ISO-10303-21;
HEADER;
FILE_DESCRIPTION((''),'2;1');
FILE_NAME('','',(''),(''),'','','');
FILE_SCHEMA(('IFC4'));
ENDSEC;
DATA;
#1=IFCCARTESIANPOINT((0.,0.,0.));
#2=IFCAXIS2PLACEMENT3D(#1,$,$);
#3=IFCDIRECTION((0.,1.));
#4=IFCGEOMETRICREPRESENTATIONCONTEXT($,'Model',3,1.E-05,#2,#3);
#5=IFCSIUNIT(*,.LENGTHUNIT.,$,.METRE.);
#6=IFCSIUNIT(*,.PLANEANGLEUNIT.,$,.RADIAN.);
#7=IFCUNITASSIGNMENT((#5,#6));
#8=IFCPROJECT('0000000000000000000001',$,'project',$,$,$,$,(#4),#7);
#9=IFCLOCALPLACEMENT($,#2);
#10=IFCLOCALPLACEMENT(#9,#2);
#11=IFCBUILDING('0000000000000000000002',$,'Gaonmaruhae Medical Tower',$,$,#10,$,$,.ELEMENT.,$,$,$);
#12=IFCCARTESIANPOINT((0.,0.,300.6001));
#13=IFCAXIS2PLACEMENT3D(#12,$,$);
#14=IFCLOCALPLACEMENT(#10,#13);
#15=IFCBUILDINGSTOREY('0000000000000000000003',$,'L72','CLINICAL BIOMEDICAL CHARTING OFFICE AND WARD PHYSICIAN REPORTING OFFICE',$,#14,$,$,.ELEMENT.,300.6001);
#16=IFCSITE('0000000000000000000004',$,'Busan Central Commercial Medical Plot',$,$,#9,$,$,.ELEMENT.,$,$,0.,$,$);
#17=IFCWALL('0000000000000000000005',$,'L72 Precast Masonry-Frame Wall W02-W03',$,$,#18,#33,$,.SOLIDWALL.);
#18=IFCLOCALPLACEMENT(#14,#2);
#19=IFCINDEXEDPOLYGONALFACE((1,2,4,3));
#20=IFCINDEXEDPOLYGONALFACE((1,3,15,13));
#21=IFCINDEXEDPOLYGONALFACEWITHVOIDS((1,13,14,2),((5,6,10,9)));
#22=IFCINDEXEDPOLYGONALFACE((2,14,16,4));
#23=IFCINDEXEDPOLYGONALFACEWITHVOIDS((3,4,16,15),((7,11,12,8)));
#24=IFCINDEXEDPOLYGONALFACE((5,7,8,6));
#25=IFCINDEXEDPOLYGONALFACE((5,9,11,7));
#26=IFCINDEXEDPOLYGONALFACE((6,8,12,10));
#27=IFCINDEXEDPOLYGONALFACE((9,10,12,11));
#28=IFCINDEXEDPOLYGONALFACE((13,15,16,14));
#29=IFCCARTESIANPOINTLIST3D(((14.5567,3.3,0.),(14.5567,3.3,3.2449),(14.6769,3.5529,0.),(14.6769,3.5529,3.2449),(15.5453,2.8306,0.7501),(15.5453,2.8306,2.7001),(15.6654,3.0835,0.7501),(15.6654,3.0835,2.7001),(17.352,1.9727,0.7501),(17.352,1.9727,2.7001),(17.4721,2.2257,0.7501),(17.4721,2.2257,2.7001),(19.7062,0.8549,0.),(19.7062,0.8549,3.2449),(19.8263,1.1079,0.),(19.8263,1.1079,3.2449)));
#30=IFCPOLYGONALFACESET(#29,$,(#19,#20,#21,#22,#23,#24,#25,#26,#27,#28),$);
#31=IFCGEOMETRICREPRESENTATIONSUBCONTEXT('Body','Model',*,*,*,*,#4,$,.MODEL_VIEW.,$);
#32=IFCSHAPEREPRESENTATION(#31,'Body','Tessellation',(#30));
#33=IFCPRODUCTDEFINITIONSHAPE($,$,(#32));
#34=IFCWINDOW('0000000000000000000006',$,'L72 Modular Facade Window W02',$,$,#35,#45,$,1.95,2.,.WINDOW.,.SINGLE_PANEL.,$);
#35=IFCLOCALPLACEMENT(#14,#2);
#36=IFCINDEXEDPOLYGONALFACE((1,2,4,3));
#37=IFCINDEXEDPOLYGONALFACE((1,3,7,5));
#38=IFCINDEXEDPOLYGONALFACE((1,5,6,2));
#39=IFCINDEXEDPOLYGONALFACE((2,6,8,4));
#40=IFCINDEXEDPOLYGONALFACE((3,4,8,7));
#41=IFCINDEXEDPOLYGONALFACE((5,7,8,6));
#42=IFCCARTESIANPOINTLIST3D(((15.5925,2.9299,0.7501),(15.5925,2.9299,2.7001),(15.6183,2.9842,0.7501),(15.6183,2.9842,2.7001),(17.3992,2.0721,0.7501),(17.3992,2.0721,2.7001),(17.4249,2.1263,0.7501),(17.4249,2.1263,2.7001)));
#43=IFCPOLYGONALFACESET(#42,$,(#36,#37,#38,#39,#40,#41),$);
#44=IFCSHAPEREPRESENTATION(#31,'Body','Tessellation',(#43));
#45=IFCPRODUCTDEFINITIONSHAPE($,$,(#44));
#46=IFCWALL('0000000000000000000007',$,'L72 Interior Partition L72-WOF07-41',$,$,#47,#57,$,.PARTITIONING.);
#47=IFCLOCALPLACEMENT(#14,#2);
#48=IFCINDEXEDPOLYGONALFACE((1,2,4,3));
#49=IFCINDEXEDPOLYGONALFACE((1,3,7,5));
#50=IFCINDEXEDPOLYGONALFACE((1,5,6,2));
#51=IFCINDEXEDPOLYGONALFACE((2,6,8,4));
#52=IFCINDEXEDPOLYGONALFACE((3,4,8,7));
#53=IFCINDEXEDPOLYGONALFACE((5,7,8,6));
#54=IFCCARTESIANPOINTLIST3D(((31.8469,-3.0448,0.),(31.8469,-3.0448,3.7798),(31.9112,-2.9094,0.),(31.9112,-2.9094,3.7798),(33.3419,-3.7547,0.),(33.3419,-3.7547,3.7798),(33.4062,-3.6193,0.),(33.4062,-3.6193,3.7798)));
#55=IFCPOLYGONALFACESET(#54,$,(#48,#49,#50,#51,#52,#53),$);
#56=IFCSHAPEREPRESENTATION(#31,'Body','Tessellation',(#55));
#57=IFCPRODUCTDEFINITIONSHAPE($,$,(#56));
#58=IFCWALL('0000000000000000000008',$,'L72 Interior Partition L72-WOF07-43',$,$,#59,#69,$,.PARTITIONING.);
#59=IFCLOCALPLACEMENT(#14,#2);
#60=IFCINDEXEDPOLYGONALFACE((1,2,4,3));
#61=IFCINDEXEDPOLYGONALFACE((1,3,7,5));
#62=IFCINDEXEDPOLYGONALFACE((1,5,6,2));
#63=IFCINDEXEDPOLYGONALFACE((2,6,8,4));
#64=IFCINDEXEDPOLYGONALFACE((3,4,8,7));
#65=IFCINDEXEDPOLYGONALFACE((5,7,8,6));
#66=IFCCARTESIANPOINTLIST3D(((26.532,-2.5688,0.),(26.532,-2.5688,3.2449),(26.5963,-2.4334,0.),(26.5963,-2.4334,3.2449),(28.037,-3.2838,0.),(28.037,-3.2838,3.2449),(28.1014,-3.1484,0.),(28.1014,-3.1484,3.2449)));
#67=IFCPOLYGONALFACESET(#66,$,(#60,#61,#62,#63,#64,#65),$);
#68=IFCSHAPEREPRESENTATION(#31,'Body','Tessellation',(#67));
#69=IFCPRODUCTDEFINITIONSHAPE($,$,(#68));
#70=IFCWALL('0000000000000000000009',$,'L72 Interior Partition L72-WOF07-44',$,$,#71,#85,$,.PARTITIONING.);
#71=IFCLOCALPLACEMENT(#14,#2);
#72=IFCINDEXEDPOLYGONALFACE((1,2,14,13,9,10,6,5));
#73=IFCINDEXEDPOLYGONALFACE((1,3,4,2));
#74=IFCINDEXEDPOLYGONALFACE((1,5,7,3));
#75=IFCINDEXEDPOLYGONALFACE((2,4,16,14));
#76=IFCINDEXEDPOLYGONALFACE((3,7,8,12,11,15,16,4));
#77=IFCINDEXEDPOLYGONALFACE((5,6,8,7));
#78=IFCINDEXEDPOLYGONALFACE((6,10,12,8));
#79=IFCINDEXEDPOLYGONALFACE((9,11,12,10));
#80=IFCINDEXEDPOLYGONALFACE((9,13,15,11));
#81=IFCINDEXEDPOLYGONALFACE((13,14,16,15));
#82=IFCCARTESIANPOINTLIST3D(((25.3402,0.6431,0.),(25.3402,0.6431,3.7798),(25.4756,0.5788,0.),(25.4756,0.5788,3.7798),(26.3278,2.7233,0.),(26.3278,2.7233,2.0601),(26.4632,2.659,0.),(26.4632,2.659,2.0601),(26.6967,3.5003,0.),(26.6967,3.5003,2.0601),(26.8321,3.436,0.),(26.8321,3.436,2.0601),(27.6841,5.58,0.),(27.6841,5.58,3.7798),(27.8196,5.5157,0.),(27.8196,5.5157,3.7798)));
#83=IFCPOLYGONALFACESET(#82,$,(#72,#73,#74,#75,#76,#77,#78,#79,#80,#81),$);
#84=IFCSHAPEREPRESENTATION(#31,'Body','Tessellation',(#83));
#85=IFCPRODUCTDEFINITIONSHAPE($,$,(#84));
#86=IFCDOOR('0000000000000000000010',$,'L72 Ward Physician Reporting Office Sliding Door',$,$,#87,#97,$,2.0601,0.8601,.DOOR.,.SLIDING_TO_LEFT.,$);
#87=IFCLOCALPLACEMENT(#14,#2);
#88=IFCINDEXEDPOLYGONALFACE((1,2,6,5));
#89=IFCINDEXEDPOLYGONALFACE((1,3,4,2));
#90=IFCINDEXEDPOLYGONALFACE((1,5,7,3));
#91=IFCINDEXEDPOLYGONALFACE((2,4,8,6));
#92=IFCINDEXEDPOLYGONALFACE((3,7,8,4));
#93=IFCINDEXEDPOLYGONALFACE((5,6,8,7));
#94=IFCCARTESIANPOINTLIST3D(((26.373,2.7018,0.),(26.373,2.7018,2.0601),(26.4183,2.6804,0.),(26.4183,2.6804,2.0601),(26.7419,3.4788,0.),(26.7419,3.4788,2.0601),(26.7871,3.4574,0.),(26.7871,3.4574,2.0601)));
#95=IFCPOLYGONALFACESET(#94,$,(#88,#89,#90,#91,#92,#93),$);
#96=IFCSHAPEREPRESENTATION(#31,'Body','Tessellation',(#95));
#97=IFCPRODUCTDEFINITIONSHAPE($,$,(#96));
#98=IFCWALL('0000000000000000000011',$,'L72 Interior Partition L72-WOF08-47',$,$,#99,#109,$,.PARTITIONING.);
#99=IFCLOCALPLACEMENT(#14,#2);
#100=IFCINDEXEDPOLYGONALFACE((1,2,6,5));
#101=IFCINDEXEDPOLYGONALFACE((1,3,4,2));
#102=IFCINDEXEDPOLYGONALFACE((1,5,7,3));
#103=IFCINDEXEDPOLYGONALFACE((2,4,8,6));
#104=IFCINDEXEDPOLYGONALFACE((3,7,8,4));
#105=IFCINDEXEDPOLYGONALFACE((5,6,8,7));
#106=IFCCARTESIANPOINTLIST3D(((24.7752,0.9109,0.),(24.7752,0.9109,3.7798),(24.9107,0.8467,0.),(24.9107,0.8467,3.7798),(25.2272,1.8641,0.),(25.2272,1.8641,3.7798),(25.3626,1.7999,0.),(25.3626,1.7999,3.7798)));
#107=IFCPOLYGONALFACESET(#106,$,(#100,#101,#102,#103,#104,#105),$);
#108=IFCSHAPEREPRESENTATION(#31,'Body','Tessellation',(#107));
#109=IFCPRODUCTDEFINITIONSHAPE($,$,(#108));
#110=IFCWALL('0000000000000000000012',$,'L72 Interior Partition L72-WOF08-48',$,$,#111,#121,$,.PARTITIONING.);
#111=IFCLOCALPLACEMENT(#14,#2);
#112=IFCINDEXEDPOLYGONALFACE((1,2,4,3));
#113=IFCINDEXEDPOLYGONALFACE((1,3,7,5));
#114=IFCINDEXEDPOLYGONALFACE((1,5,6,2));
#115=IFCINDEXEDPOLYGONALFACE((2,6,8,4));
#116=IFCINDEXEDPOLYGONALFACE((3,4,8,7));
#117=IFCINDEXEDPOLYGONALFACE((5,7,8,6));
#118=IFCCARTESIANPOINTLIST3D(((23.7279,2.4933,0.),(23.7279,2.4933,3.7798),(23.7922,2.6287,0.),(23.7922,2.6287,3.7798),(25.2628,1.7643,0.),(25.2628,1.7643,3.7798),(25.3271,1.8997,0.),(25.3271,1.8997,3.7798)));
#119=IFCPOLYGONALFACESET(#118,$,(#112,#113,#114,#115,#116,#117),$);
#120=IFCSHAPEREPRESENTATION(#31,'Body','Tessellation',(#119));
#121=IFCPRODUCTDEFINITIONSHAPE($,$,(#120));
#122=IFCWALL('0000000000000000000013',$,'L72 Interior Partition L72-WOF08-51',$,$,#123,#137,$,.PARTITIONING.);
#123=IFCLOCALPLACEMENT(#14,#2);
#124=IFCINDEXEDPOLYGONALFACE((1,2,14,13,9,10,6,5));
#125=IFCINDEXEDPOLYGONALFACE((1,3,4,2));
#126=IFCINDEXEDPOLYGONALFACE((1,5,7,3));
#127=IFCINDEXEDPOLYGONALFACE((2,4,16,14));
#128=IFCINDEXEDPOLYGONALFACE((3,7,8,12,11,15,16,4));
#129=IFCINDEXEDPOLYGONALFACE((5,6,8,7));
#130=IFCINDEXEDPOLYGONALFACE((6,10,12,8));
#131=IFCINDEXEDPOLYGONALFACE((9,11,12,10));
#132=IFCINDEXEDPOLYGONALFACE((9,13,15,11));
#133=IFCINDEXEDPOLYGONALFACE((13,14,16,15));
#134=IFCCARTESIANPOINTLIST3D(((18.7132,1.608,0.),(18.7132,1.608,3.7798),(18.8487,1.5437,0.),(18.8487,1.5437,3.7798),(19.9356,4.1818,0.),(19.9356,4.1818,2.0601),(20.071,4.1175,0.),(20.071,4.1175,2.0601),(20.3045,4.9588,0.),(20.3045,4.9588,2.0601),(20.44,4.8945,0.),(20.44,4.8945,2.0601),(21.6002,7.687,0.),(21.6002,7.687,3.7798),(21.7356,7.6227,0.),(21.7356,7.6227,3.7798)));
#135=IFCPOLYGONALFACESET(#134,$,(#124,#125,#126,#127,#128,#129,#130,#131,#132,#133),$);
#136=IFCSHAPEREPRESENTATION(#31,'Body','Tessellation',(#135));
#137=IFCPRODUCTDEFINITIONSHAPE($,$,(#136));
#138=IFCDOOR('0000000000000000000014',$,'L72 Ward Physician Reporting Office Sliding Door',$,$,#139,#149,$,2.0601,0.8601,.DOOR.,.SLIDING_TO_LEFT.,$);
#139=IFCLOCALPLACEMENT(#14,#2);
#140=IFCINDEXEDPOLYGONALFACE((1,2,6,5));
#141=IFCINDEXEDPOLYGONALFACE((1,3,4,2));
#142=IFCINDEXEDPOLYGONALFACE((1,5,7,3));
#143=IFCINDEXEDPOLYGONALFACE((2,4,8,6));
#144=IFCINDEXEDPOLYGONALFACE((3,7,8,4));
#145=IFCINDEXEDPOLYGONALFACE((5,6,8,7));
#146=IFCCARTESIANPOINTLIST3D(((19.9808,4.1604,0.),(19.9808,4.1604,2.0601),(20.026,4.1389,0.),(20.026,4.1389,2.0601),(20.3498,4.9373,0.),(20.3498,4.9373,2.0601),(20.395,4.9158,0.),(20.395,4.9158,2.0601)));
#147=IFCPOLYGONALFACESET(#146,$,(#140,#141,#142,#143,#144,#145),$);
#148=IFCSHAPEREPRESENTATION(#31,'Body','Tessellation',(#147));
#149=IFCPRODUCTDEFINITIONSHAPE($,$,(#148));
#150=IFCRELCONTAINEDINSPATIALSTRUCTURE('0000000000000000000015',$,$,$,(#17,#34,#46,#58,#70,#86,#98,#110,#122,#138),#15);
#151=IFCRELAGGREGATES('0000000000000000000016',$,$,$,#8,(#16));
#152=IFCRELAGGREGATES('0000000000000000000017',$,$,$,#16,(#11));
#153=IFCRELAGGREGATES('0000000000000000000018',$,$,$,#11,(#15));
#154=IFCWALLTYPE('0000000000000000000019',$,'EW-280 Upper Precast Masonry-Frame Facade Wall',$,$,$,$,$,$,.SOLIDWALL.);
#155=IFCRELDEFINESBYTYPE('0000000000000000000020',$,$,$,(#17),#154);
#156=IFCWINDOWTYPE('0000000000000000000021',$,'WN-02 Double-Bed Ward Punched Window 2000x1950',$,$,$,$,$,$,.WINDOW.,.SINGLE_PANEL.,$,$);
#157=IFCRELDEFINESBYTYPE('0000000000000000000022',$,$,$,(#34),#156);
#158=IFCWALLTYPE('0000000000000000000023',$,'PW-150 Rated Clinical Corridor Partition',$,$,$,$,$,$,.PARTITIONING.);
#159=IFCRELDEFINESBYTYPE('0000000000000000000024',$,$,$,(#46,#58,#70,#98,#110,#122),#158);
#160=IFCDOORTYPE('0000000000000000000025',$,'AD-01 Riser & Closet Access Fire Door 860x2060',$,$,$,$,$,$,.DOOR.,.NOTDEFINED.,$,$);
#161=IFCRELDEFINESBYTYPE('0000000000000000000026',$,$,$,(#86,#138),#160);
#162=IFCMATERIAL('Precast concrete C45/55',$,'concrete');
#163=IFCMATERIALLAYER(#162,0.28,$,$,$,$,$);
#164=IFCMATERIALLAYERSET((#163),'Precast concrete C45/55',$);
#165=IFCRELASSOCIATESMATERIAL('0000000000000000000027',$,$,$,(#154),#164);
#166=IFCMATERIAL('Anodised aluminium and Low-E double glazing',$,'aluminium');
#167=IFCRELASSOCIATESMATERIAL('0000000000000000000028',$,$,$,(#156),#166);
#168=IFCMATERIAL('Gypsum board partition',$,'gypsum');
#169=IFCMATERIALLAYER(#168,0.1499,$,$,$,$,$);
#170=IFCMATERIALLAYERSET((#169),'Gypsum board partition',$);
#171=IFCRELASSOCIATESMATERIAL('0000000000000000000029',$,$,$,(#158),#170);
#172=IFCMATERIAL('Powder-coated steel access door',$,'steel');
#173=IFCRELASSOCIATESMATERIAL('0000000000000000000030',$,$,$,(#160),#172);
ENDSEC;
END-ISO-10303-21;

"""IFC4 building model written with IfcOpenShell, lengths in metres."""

from ifc_helpers import new_model, si_unit, direction, frame, frame_2d, origin, place, context, subcontext, project, spatial, rectangle, extrude, material, layer, layer_set, type_object, element, fill, save


model = new_model("IFC4")

# Units and contexts
model_context = context("Model", 3, precision=1e-05, world=origin(), true_north=direction((0.0, 1.0)))
body_context = subcontext(model_context, "Body", "Model", "MODEL_VIEW")
ifc_project = project(units=[si_unit("LENGTHUNIT", "METRE"), si_unit("PLANEANGLEUNIT", "RADIAN")], contexts=[model_context])

# Site, building, storey
site_placement = place(None, origin())
site = spatial("IfcSite", under=ifc_project, at=site_placement, Name="Busan Central Commercial Medical Plot", CompositionType="ELEMENT", RefElevation=0.0)
building_placement = place(site_placement, origin())
building = spatial("IfcBuilding", under=site, at=building_placement, Name="Gaonmaruhae Medical Tower", CompositionType="ELEMENT")
storey_placement = place(building_placement, frame((0.0, 0.0, 300.6001)))
storey = spatial("IfcBuildingStorey", under=building, at=storey_placement, Name="L72", Description="CLINICAL BIOMEDICAL CHARTING OFFICE AND WARD PHYSICIAN REPORTING OFFICE", CompositionType="ELEMENT", Elevation=300.6001)

# Shared definitions
ifc_material_1 = material(Name="Precast concrete C45/55", Category="concrete")

# Wall, opening, window
ifc_layer_1 = layer(ifc_material_1, 0.28)
ifc_layer_set_1 = layer_set([ifc_layer_1], Name="Precast concrete C45/55")
wall_type_1 = type_object("IfcWallType", Name="EW-280 Upper Precast Masonry-Frame Facade Wall", PredefinedType="SOLIDWALL", material=ifc_layer_set_1)
wall_1_placement = place(storey_placement, frame((19.7661, 0.9814, 0.0), z_axis=(0.0, 0.0, 1.0), x_axis=(-0.903339, 0.428928, 0.0)))
wall_1 = element("IfcWall", 1, at=wall_1_placement, inside=storey, type_object=wall_type_1, Name="L72 Precast Masonry-Frame Wall W02-W03", PredefinedType="SOLIDWALL", context=body_context, shape_type="SweptSolid", body=[
    extrude(rectangle(XDim=5.7004, YDim=0.28, at=frame_2d((2.8501, 0.0))), origin(), (0.0, 0.0, 1.0), 3.2449),
])
opening_1_placement = place(wall_1_placement, frame((2.606, 0.0, 0.75)))
opening_1 = element("IfcOpeningElement", 2, at=opening_1_placement, cuts=wall_1, PredefinedType="OPENING", context=body_context, shape_type="SweptSolid", body=[
    extrude(rectangle(XDim=2.0, YDim=1.95, at=frame_2d((1.0, 0.9751))), frame((0.0, 0.1499, 0.0), z_axis=(0.0, -1.0, 0.0), x_axis=(1.0, 0.0, 0.0)), (0.0, 0.0, 1.0), 0.3),
])
ifc_material_2 = material(Name="Anodised aluminium and Low-E double glazing", Category="aluminium")
window_type = type_object("IfcWindowType", Name="WN-02 Double-Bed Ward Punched Window 2000x1950", PartitioningType="SINGLE_PANEL", PredefinedType="WINDOW", material=ifc_material_2)
window_placement = place(opening_1_placement, origin())
window = element("IfcWindow", 3, at=window_placement, inside=storey, type_object=window_type, Name="L72 Modular Facade Window W02", OverallHeight=1.95, OverallWidth=2.0, PartitioningType="SINGLE_PANEL", PredefinedType="WINDOW", context=body_context, shape_type="SweptSolid", body=[
    extrude(rectangle(XDim=2.0, YDim=1.95, at=frame_2d((1.0, 0.9751))), frame((0.0, 0.03, 0.0), z_axis=(0.0, -1.0, 0.0), x_axis=(1.0, 0.0, 0.0)), (0.0, 0.0, 1.0), 0.0601),
])
fill(opening_1, window)

# Walls
ifc_material_3 = material(Name="Gypsum board partition", Category="gypsum")
ifc_layer_2 = layer(ifc_material_3, 0.1499)
ifc_layer_set_2 = layer_set([ifc_layer_2], Name="Gypsum board partition")
wall_type_2 = type_object("IfcWallType", Name="PW-150 Rated Clinical Corridor Partition", PredefinedType="PARTITIONING", material=ifc_layer_set_2)
wall_2_placement = place(storey_placement, frame((31.8789, -2.9771, 0.0), z_axis=(0.0, 0.0, 1.0), x_axis=(0.903329, -0.428948, 0.0)))
element("IfcWall", 4, at=wall_2_placement, inside=storey, type_object=wall_type_2, Name="L72 Interior Partition L72-WOF07-41", PredefinedType="PARTITIONING", context=body_context, shape_type="SweptSolid", body=[
    extrude(rectangle(XDim=1.655, YDim=0.1499, at=frame_2d((0.8276, 0.0))), origin(), (0.0, 0.0, 1.0), 3.7798),
])
wall_3_placement = place(storey_placement, frame((28.0691, -3.2161, 0.0), z_axis=(0.0, 0.0, 1.0), x_axis=(-0.903242, 0.429132, 0.0)))
element("IfcWall", 5, at=wall_3_placement, inside=storey, type_object=wall_type_2, Name="L72 Interior Partition L72-WOF07-43", PredefinedType="PARTITIONING", context=body_context, shape_type="SweptSolid", body=[
    extrude(rectangle(XDim=1.6663, YDim=0.1499, at=frame_2d((0.833, 0.0))), origin(), (0.0, 0.0, 1.0), 3.2449),
])

# Wall, opening, door
wall_4_placement = place(storey_placement, frame((25.408, 0.6111, 0.0), z_axis=(0.0, 0.0, 1.0), x_axis=(0.428895, 0.903355, 0.0)))
wall_4 = element("IfcWall", 6, at=wall_4_placement, inside=storey, type_object=wall_type_2, Name="L72 Interior Partition L72-WOF07-44", PredefinedType="PARTITIONING", context=body_context, shape_type="SweptSolid", body=[
    extrude(rectangle(XDim=5.4651, YDim=0.1499, at=frame_2d((2.7324, 0.0))), origin(), (0.0, 0.0, 1.0), 3.7798),
])
opening_2_placement = place(wall_4_placement, frame((2.3025, 0.0, 0.0)))
opening_2 = element("IfcOpeningElement", 7, at=opening_2_placement, cuts=wall_4, PredefinedType="OPENING", context=body_context, shape_type="SweptSolid", body=[
    extrude(rectangle(XDim=0.8601, YDim=2.0601, at=frame_2d((0.4302, 1.03))), frame((0.0, 0.085, 0.0), z_axis=(0.0, -1.0, 0.0), x_axis=(1.0, 0.0, 0.0)), (0.0, 0.0, 1.0), 0.1699),
])
ifc_material_4 = material(Name="Powder-coated steel access door", Category="steel")
door_type_1 = type_object("IfcDoorType", Name="AD-01 Riser & Closet Access Fire Door 860x2060", OperationType="NOTDEFINED", PredefinedType="DOOR", material=ifc_material_4)
door_1_placement = place(opening_2_placement, origin())
door_1 = element("IfcDoor", 8, at=door_1_placement, inside=storey, type_object=door_type_1, Name="L72 Ward Physician Reporting Office Sliding Door", OperationType="SLIDING_TO_LEFT", OverallHeight=2.0601, OverallWidth=0.8601, PredefinedType="DOOR", context=body_context, shape_type="SweptSolid", body=[
    extrude(rectangle(XDim=0.8601, YDim=2.0601, at=frame_2d((0.4302, 1.03))), frame((0.0, 0.0249, 0.0), z_axis=(0.0, -1.0, 0.0), x_axis=(1.0, 0.0, 0.0)), (0.0, 0.0, 1.0), 0.05),
])
fill(opening_2, door_1)

# Walls
wall_5_placement = place(storey_placement, frame((24.843, 0.8789, 0.0), z_axis=(0.0, 0.0, 1.0), x_axis=(0.428415, 0.903582, 0.0)))
element("IfcWall", 9, at=wall_5_placement, inside=storey, type_object=wall_type_2, Name="L72 Interior Partition L72-WOF08-47", PredefinedType="PARTITIONING", context=body_context, shape_type="SweptSolid", body=[
    extrude(rectangle(XDim=1.0549, YDim=0.1499, at=frame_2d((0.5273, 0.0))), origin(), (0.0, 0.0, 1.0), 3.7798),
])
wall_6_placement = place(storey_placement, frame((25.2949, 1.832, 0.0), z_axis=(0.0, 0.0, 1.0), x_axis=(-0.903296, 0.429019, 0.0)))
element("IfcWall", 10, at=wall_6_placement, inside=storey, type_object=wall_type_2, Name="L72 Interior Partition L72-WOF08-48", PredefinedType="PARTITIONING", context=body_context, shape_type="SweptSolid", body=[
    extrude(rectangle(XDim=1.6992, YDim=0.1499, at=frame_2d((0.8496, 0.0))), origin(), (0.0, 0.0, 1.0), 3.7798),
])

# Wall, opening, door
wall_7_placement = place(storey_placement, frame((18.781, 1.5759, 0.0), z_axis=(0.0, 0.0, 1.0), x_axis=(0.428983, 0.903313, 0.0)))
wall_7 = element("IfcWall", 11, at=wall_7_placement, inside=storey, type_object=wall_type_2, Name="L72 Interior Partition L72-WOF08-51", PredefinedType="PARTITIONING", context=body_context, shape_type="SweptSolid", body=[
    extrude(rectangle(XDim=6.7297, YDim=0.1499, at=frame_2d((3.3647, 0.0))), origin(), (0.0, 0.0, 1.0), 3.7798),
])
opening_3_placement = place(wall_7_placement, frame((2.8491, 0.0, 0.0)))
opening_3 = element("IfcOpeningElement", 12, at=opening_3_placement, cuts=wall_7, PredefinedType="OPENING", context=body_context, shape_type="SweptSolid", body=[
    extrude(rectangle(XDim=0.8601, YDim=2.0601, at=frame_2d((0.4302, 1.03))), frame((0.0, 0.085, 0.0), z_axis=(0.0, -1.0, 0.0), x_axis=(1.0, 0.0, 0.0)), (0.0, 0.0, 1.0), 0.1699),
])
door_2_placement = place(opening_3_placement, origin())
door_2 = element("IfcDoor", 13, at=door_2_placement, inside=storey, type_object=door_type_1, Name="L72 Ward Physician Reporting Office Sliding Door", OperationType="SLIDING_TO_LEFT", OverallHeight=2.0601, OverallWidth=0.8601, PredefinedType="DOOR", context=body_context, shape_type="SweptSolid", body=[
    extrude(rectangle(XDim=0.8601, YDim=2.0601, at=frame_2d((0.4302, 1.03))), frame((0.0, 0.0249, 0.0), z_axis=(0.0, -1.0, 0.0), x_axis=(1.0, 0.0, 0.0)), (0.0, 0.0, 1.0), 0.05),
])
fill(opening_3, door_2)

save(model, "model.ifc")
